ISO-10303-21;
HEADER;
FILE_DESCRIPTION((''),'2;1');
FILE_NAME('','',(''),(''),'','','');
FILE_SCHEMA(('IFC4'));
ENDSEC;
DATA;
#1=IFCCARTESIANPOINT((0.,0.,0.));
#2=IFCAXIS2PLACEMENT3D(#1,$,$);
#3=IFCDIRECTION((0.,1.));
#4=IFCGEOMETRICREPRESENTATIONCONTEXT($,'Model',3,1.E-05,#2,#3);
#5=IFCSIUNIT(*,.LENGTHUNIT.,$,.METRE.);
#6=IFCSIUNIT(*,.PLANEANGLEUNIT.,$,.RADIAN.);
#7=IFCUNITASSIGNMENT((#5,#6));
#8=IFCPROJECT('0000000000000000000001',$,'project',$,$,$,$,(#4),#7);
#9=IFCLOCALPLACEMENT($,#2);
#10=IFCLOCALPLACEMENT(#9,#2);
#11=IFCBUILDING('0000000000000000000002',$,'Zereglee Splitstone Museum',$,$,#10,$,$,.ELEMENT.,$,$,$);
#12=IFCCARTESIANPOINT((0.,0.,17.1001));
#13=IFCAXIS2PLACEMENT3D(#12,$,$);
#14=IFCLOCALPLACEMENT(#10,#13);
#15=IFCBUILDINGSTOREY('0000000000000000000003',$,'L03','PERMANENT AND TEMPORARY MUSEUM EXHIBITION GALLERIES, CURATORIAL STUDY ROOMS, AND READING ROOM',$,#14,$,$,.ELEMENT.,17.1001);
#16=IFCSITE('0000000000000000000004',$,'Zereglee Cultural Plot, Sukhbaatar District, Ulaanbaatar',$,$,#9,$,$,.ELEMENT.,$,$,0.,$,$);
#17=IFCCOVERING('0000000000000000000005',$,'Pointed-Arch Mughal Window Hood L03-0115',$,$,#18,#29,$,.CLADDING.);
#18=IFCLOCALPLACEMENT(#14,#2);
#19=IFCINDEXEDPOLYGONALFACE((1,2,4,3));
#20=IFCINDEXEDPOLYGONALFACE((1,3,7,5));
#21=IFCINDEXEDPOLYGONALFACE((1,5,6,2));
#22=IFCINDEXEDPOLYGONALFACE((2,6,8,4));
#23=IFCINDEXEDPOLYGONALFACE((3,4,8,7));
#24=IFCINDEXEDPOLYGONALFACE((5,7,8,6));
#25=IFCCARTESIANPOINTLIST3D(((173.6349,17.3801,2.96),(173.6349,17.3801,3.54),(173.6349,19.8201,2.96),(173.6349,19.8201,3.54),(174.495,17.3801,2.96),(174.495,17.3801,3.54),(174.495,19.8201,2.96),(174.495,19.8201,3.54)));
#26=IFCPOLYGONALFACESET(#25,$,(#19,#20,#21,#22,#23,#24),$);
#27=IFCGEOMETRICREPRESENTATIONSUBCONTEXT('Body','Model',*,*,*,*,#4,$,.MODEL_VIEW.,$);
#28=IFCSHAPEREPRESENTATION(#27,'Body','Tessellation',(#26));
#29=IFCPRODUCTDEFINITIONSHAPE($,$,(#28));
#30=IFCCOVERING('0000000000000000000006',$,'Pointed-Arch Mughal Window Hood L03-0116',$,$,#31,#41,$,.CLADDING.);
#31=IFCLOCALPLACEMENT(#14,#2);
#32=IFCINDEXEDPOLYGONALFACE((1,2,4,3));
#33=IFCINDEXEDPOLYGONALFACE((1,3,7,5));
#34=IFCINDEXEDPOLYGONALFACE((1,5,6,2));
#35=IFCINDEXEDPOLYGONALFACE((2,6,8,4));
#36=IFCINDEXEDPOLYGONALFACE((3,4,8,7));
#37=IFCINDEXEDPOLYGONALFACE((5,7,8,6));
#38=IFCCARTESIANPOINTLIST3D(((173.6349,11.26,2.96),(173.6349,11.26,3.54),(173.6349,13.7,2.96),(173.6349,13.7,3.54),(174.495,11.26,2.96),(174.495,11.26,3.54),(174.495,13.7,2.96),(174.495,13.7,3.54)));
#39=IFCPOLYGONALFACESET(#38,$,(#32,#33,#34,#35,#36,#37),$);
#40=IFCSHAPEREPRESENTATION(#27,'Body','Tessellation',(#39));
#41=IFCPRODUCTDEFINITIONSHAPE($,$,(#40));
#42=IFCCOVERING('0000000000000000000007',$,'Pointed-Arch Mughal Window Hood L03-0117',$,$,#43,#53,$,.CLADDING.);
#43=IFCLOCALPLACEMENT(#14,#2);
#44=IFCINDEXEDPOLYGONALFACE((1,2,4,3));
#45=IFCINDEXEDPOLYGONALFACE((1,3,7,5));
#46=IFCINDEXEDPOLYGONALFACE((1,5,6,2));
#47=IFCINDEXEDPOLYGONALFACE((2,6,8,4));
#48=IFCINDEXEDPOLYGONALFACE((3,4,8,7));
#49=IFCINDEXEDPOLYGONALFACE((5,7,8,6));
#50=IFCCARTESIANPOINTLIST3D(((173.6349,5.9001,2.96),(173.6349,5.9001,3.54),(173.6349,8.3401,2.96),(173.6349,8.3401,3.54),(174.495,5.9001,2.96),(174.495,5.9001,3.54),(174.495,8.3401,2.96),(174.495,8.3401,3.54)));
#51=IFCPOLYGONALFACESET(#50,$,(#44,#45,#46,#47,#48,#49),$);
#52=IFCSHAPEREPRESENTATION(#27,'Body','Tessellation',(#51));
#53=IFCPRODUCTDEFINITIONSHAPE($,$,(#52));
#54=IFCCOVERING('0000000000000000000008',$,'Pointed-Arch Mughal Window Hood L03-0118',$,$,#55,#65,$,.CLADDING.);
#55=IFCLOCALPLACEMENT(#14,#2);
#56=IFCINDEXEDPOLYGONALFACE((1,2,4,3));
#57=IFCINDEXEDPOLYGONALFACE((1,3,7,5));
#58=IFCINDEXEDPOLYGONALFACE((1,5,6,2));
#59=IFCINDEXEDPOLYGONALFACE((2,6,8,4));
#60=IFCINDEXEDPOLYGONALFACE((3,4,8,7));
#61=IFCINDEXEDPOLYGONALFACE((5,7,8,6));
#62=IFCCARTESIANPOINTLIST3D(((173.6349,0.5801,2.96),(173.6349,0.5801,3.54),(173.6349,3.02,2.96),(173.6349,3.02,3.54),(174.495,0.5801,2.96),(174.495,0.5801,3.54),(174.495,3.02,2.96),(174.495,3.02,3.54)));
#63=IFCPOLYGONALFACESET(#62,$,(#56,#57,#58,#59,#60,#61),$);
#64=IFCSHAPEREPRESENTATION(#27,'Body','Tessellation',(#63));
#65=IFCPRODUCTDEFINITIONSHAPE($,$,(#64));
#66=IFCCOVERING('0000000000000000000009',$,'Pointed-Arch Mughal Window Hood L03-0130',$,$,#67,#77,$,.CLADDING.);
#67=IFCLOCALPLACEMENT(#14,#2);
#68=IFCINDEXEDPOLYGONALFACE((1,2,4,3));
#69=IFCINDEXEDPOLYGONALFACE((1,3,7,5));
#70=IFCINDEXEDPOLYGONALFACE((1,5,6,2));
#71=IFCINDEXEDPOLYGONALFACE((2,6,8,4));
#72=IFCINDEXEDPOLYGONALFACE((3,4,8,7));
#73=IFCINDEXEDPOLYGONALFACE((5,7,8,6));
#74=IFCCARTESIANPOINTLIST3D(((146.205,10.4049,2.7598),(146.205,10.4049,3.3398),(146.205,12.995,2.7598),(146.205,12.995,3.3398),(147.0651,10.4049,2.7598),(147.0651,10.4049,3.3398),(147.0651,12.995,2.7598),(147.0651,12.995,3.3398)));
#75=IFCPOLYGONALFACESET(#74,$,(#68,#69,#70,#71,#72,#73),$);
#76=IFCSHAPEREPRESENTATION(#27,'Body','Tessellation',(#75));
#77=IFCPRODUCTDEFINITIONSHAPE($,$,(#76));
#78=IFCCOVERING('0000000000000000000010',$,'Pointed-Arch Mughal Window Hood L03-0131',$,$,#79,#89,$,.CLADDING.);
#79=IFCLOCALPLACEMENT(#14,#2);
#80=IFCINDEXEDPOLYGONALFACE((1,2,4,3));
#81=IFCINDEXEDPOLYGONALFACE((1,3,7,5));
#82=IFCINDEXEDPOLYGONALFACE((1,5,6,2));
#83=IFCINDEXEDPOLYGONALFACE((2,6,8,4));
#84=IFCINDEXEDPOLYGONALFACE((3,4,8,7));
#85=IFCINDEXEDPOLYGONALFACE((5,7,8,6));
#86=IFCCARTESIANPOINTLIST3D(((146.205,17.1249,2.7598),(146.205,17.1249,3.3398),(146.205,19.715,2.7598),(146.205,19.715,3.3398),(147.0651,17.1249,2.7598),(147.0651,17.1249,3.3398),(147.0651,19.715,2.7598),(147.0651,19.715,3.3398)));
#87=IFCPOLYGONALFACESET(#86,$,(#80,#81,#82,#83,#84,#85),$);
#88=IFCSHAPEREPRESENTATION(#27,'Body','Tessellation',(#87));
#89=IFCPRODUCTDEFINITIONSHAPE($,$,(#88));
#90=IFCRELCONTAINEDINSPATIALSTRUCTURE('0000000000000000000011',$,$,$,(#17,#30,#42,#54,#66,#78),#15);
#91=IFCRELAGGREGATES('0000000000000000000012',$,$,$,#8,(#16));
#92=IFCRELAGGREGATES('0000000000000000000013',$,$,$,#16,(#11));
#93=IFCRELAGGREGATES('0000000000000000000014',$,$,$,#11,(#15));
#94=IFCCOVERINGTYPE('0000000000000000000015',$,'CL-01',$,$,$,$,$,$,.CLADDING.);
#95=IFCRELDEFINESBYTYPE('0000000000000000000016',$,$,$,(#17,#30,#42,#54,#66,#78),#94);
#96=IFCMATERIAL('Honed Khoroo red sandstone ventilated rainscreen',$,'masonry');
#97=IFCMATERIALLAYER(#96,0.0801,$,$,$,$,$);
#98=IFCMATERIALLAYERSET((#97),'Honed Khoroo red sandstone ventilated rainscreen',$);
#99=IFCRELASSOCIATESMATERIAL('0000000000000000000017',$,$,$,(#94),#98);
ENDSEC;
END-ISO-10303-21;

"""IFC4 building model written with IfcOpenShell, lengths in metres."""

from ifc_helpers import new_model, si_unit, direction, frame, origin, origin_2d, place, context, subcontext, project, spatial, rectangle, extrude, material, layer, layer_set, type_object, element, save


model = new_model("IFC4")

# Units and contexts
model_context = context("Model", 3, precision=1e-05, world=origin(), true_north=direction((0.0, 1.0)))
body_context = subcontext(model_context, "Body", "Model", "MODEL_VIEW")
ifc_project = project(units=[si_unit("LENGTHUNIT", "METRE"), si_unit("PLANEANGLEUNIT", "RADIAN")], contexts=[model_context])

# Site, building, storey
site_placement = place(None, origin())
site = spatial("IfcSite", under=ifc_project, at=site_placement, Name="Zereglee Cultural Plot, Sukhbaatar District, Ulaanbaatar", CompositionType="ELEMENT", RefElevation=0.0)
building_placement = place(site_placement, origin())
building = spatial("IfcBuilding", under=site, at=building_placement, Name="Zereglee Splitstone Museum", CompositionType="ELEMENT")
storey_placement = place(building_placement, frame((0.0, 0.0, 17.1001)))
storey = spatial("IfcBuildingStorey", under=building, at=storey_placement, Name="L03", Description="PERMANENT AND TEMPORARY MUSEUM EXHIBITION GALLERIES, CURATORIAL STUDY ROOMS, AND READING ROOM", CompositionType="ELEMENT", Elevation=17.1001)

# Coverings
ifc_material_1 = material(Name="Honed Khoroo red sandstone ventilated rainscreen", Category="masonry")
ifc_layer_1 = layer(ifc_material_1, 0.0801)
ifc_layer_set_1 = layer_set([ifc_layer_1], Name="Honed Khoroo red sandstone ventilated rainscreen")
covering_type_1 = type_object("IfcCoveringType", Name="CL-01", PredefinedType="CLADDING", material=ifc_layer_set_1)
for number, where, z_axis, x_axis, name in (
    (1, (174.0649, 18.6001, 2.96), (0.0, 0.0, 1.0), (0.0, -1.0, 0.0), "Pointed-Arch Mughal Window Hood L03-0115"),
    (2, (174.0649, 12.48, 2.96), (0.0, 0.0, 1.0), (0.0, -1.0, 0.0), "Pointed-Arch Mughal Window Hood L03-0116"),
    (3, (174.0649, 7.1201, 2.96), (0.0, 0.0, 1.0), (0.0, -1.0, 0.0), "Pointed-Arch Mughal Window Hood L03-0117"),
    (4, (174.0649, 1.8, 2.96), (0.0, 0.0, 1.0), (0.0, -1.0, 0.0), "Pointed-Arch Mughal Window Hood L03-0118"),
):
    element("IfcCovering", number, at=place(storey_placement, frame(where, z_axis=z_axis, x_axis=x_axis)), inside=storey, type_object=covering_type_1, Name=name, PredefinedType="CLADDING", context=body_context, shape_type="SweptSolid", body=[
        extrude(rectangle(XDim=2.4399, YDim=0.8601, at=origin_2d()), origin(), (0.0, 0.0, 1.0), 0.5801),
    ])
for number, where, z_axis, x_axis, name in (
    (5, (146.635, 11.7, 2.7598), (0.0, 0.0, 1.0), (0.0, 1.0, 0.0), "Pointed-Arch Mughal Window Hood L03-0130"),
    (6, (146.635, 18.4199, 2.7598), (0.0, 0.0, 1.0), (0.0, 1.0, 0.0), "Pointed-Arch Mughal Window Hood L03-0131"),
):
    element("IfcCovering", number, at=place(storey_placement, frame(where, z_axis=z_axis, x_axis=x_axis)), inside=storey, type_object=covering_type_1, Name=name, PredefinedType="CLADDING", context=body_context, shape_type="SweptSolid", body=[
        extrude(rectangle(XDim=2.5901, YDim=0.8601, at=origin_2d()), origin(), (0.0, 0.0, 1.0), 0.5801),
    ])

save(model, "model.ifc")
